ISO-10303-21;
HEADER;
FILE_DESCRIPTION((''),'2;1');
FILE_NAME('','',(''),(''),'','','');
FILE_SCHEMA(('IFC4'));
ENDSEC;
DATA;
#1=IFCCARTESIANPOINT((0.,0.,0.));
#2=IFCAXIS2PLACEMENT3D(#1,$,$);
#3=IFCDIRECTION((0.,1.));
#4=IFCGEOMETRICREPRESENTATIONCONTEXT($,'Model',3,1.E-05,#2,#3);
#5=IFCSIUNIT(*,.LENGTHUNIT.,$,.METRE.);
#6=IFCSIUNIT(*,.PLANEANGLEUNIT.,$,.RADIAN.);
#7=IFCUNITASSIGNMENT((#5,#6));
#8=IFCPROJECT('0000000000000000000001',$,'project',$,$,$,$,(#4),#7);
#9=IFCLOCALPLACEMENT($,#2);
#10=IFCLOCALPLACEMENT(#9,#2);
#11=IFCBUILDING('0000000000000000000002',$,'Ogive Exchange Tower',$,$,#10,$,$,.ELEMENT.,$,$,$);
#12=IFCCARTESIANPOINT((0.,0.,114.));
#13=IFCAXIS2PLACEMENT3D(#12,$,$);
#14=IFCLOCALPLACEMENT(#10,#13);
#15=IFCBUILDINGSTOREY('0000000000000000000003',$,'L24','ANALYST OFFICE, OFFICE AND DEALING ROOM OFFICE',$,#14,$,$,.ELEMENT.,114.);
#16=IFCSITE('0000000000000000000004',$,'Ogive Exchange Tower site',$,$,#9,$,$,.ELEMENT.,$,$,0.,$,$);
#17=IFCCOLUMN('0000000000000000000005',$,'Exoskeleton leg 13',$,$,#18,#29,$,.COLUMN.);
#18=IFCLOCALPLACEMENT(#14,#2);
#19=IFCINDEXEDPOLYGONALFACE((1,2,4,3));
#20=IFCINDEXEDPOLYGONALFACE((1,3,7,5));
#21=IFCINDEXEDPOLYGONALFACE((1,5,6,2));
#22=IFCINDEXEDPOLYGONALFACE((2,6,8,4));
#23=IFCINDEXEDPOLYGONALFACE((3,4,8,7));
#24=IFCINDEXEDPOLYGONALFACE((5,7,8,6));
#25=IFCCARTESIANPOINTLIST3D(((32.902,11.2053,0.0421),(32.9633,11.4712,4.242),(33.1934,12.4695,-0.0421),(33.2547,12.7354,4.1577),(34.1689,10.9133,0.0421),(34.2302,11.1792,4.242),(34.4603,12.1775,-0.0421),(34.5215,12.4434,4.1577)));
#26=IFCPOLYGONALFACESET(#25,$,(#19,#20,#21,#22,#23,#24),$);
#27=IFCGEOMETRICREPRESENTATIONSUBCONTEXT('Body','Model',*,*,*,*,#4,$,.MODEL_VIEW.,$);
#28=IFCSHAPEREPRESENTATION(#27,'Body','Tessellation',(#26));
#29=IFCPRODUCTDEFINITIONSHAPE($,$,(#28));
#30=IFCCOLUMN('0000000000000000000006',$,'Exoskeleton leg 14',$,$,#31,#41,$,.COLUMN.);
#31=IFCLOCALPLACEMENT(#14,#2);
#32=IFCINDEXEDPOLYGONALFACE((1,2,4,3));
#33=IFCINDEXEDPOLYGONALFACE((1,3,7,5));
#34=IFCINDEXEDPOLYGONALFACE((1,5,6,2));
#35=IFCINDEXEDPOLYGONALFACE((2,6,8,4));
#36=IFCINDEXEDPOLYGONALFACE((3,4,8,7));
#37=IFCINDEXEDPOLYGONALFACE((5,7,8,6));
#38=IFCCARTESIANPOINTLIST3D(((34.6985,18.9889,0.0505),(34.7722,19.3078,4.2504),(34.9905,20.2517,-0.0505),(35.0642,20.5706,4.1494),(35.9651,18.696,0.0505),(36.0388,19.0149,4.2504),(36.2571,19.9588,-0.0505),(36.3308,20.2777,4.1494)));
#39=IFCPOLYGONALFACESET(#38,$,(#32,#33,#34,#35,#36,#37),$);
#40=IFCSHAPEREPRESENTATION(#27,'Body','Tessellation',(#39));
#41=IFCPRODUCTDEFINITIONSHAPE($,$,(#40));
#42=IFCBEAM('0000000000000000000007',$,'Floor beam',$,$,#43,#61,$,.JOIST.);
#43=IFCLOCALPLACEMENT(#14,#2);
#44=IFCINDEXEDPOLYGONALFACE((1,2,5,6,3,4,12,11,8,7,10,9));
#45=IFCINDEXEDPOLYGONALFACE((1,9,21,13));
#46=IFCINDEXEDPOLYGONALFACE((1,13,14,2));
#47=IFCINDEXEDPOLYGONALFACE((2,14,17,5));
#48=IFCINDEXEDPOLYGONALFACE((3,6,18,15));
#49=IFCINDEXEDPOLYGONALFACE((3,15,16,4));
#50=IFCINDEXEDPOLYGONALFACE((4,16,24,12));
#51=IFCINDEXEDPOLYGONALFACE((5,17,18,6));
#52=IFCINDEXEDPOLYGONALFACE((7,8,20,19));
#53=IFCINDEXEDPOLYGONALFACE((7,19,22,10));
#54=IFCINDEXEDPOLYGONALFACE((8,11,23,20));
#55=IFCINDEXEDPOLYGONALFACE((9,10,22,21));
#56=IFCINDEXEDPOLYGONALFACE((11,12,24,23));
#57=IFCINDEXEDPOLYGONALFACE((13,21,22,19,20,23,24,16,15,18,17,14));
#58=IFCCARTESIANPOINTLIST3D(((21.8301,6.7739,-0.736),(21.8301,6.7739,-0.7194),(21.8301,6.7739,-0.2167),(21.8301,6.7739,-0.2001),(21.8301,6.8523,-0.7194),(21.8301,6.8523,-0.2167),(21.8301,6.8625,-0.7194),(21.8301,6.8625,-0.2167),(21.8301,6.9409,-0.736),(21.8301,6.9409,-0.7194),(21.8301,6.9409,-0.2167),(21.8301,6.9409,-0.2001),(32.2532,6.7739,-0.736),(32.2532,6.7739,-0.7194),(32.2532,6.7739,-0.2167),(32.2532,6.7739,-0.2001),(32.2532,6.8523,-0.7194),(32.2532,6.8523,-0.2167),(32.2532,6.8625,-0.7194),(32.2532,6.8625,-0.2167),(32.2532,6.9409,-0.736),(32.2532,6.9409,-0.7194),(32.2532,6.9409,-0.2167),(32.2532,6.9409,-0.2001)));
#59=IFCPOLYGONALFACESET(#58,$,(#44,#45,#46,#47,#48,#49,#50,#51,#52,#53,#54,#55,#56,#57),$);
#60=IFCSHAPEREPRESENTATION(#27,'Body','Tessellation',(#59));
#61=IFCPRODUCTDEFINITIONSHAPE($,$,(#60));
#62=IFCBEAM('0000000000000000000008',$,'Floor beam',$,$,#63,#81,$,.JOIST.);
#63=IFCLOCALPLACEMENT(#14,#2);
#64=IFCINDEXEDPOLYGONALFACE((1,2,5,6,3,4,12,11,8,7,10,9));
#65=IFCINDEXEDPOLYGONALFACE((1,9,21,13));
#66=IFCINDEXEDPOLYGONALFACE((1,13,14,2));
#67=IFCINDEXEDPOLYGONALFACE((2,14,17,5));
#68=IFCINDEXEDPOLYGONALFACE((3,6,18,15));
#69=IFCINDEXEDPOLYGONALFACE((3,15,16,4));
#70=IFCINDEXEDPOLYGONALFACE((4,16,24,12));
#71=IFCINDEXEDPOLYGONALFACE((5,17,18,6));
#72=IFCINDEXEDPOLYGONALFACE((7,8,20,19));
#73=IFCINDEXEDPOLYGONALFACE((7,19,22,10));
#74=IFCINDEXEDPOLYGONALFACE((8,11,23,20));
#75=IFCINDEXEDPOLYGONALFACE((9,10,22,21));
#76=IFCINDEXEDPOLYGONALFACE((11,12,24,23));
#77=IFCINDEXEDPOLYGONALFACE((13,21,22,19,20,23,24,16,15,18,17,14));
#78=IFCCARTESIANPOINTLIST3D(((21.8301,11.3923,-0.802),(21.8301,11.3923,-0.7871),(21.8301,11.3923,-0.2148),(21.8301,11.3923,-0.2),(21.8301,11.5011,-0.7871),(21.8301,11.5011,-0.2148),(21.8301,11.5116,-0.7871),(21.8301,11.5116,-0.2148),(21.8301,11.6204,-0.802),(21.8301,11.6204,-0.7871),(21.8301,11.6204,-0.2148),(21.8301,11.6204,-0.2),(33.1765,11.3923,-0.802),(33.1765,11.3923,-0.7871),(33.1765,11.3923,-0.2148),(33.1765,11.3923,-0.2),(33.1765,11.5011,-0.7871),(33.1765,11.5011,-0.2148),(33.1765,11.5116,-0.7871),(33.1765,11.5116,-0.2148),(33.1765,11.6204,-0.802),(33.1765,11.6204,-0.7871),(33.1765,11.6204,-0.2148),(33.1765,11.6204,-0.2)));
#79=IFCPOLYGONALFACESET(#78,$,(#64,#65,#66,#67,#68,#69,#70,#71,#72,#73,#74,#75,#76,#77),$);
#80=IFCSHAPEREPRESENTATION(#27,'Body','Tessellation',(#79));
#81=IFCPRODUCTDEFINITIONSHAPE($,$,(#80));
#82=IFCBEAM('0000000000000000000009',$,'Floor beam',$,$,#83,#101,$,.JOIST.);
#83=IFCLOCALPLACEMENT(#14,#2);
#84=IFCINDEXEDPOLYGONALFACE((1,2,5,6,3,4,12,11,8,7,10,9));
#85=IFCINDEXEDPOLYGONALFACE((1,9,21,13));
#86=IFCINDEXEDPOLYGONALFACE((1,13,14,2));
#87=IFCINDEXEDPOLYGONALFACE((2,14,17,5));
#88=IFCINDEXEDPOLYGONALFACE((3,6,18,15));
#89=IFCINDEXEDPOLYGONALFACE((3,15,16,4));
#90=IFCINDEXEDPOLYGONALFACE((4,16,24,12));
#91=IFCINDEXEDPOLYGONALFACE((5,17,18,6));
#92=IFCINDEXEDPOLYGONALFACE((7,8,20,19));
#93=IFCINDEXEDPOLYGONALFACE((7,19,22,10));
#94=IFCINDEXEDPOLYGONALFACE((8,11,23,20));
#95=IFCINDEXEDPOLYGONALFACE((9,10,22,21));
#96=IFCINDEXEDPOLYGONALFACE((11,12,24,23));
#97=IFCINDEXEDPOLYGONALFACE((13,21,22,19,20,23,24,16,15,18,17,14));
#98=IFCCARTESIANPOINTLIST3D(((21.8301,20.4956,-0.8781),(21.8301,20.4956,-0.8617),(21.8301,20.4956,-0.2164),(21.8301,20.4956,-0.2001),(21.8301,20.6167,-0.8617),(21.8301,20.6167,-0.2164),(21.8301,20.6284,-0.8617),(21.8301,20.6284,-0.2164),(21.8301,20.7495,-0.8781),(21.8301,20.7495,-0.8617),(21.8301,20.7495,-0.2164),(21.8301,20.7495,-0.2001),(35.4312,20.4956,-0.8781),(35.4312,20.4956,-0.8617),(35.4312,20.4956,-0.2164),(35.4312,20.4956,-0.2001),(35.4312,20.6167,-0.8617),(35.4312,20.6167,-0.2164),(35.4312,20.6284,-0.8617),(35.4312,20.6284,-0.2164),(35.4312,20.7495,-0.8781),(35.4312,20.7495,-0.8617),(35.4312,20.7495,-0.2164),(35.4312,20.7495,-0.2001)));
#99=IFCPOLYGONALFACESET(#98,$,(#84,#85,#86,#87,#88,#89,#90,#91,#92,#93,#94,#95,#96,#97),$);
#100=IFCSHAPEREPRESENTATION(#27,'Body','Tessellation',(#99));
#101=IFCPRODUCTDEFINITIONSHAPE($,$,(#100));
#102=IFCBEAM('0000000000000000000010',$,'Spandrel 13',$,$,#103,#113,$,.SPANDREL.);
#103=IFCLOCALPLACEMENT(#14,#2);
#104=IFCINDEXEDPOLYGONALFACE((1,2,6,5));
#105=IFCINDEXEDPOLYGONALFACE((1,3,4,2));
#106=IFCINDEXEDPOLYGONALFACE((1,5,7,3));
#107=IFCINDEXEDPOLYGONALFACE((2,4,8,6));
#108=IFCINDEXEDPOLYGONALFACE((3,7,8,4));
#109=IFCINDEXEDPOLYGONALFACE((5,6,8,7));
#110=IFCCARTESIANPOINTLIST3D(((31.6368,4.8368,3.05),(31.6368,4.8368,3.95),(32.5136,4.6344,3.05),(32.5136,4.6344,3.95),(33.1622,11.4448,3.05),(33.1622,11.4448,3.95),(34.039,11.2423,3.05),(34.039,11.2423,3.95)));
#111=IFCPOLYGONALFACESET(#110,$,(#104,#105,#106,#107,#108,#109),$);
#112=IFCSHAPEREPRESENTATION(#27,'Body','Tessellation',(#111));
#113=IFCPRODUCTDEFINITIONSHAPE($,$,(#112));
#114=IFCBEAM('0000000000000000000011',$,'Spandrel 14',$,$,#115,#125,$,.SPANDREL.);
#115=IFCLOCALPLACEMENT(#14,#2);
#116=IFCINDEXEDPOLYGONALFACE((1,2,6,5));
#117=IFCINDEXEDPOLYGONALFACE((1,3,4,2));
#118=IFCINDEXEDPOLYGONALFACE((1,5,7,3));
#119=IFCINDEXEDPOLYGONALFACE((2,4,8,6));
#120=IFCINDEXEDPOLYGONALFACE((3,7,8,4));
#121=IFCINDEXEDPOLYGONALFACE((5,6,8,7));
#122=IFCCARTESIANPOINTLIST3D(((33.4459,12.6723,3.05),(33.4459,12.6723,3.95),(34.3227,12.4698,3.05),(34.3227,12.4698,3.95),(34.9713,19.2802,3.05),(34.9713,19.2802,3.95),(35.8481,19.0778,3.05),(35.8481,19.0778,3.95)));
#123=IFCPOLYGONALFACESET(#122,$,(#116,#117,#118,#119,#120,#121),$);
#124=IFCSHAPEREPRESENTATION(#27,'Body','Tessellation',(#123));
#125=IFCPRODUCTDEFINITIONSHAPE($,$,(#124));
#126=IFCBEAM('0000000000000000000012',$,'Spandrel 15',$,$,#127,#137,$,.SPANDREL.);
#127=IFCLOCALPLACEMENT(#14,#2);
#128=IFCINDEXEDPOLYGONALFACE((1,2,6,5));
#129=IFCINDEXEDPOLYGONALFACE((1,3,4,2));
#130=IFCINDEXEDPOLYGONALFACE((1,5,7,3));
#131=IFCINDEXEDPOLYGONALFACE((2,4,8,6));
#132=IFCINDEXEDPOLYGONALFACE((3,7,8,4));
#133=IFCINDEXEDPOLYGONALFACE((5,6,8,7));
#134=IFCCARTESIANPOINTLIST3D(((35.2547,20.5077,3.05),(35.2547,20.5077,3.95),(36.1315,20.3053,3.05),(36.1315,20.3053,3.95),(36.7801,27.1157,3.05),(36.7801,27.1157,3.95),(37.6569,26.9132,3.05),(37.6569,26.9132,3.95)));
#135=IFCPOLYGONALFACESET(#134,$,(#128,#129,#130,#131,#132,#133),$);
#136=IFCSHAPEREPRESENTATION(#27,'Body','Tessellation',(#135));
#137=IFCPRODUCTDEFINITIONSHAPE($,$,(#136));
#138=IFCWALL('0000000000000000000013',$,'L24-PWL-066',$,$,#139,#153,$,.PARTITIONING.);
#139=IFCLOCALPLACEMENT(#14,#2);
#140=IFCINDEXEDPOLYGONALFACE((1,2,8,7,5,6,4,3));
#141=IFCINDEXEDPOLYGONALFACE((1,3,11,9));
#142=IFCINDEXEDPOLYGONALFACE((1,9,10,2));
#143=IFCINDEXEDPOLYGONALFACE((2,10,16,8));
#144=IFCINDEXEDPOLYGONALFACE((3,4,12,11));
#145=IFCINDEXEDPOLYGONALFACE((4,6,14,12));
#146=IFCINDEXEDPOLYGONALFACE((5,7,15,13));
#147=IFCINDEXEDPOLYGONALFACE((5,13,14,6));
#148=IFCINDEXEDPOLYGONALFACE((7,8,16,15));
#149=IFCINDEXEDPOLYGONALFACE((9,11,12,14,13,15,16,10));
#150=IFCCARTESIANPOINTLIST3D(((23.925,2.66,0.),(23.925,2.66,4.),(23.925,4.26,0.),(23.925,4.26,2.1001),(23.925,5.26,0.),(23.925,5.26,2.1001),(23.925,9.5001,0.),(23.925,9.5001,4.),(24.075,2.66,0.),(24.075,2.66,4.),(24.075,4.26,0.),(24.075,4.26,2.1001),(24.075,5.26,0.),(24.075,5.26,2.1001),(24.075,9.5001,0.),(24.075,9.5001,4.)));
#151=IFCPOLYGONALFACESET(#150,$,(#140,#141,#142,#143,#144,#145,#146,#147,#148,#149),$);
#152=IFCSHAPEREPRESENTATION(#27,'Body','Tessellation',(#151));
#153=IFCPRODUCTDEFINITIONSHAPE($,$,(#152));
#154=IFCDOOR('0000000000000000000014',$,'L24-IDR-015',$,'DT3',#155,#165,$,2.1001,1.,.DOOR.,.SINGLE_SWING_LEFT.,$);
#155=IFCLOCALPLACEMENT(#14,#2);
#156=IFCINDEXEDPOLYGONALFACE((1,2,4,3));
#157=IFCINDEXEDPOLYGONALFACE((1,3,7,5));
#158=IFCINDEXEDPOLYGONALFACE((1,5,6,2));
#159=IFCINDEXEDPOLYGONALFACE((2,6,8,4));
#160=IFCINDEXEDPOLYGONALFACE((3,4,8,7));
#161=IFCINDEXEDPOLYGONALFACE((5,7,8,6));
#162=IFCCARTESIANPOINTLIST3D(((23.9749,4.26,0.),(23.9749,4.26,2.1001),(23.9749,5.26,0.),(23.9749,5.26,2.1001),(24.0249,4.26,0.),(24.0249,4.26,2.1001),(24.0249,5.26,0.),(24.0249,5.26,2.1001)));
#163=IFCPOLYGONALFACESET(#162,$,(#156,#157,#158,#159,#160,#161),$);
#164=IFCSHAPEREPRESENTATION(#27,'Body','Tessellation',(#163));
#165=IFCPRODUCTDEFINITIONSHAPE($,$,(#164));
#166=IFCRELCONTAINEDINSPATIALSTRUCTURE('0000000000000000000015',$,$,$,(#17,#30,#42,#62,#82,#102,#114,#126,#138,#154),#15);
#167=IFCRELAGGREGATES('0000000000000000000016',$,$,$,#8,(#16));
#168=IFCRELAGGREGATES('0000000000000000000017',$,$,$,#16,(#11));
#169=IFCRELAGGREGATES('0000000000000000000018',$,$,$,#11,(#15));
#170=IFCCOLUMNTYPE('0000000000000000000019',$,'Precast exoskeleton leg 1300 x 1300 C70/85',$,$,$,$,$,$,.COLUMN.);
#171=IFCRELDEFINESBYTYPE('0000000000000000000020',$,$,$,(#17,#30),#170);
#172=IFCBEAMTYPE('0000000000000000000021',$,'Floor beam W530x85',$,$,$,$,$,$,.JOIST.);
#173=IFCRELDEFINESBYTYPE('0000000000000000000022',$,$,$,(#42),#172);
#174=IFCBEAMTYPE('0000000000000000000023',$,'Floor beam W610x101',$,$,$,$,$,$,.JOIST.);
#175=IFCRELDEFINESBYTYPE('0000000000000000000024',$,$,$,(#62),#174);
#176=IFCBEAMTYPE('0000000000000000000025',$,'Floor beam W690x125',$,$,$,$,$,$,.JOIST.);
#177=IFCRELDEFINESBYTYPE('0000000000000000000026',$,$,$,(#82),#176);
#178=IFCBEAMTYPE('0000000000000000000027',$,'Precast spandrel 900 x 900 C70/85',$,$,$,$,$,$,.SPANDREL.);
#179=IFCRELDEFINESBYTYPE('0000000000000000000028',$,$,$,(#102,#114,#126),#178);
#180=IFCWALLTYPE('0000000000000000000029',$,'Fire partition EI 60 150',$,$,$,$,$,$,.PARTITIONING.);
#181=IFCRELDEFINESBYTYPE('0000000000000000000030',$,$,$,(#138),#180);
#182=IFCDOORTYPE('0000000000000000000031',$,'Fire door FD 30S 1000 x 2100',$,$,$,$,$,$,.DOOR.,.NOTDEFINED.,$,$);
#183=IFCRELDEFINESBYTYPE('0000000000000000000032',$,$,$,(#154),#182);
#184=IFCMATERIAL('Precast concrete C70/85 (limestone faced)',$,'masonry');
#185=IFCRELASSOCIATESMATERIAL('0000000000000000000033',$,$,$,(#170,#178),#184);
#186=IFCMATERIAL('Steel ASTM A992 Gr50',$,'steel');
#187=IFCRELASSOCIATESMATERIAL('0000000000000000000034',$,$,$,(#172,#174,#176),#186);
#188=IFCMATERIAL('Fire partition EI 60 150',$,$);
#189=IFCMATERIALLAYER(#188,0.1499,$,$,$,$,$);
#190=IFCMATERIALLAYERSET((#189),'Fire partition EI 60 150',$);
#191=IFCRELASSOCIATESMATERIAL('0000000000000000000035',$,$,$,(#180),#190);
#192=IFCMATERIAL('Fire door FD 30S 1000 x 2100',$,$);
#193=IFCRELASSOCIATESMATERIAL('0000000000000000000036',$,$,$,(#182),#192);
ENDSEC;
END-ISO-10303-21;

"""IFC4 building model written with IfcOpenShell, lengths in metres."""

from ifc_helpers import new_model, si_unit, direction, frame, frame_2d, origin, origin_2d, place, context, subcontext, project, spatial, rectangle, i_section, extrude, material, layer, layer_set, material_profile, profile_set, type_object, element, fill, save


model = new_model("IFC4")

# Units and contexts
model_context = context("Model", 3, precision=1e-05, world=origin(), true_north=direction((0.0, 1.0)))
body_context = subcontext(model_context, "Body", "Model", "MODEL_VIEW")
ifc_project = project(units=[si_unit("LENGTHUNIT", "METRE"), si_unit("PLANEANGLEUNIT", "RADIAN")], contexts=[model_context])

# Site, building, storey
site_placement = place(None, origin())
site = spatial("IfcSite", under=ifc_project, at=site_placement, Name="Ogive Exchange Tower site", CompositionType="ELEMENT", RefElevation=0.0)
building_placement = place(site_placement, origin())
building = spatial("IfcBuilding", under=site, at=building_placement, Name="Ogive Exchange Tower", CompositionType="ELEMENT")
storey_placement = place(building_placement, frame((0.0, 0.0, 114.0)))
storey = spatial("IfcBuildingStorey", under=building, at=storey_placement, Name="L24", Description="ANALYST OFFICE, OFFICE AND DEALING ROOM OFFICE", CompositionType="ELEMENT", Elevation=114.0)

# Columns
ifc_material_1 = material(Name="Precast concrete C70/85 (limestone faced)", Category="masonry")
ifc_material_profile_1 = material_profile(ifc_material_1, rectangle(XDim=1.3, YDim=1.3, at=origin_2d()), Name="1300 x 1300")
ifc_profile_set_1 = profile_set([ifc_material_profile_1], Name="Precast concrete C70/85 (limestone faced)")
column_type = type_object("IfcColumnType", Name="Precast exoskeleton leg 1300 x 1300 C70/85", PredefinedType="COLUMN", material=ifc_profile_set_1)
column_1_placement = place(storey_placement, frame((33.6812, 11.6914, 0.0), z_axis=(0.01456, 0.06317, 0.997897), x_axis=(-0.974451, 0.224598, 0.0)))
element("IfcColumn", 1, at=column_1_placement, inside=storey, type_object=column_type, Name="Exoskeleton leg 13", PredefinedType="COLUMN", context=body_context, shape_type="SweptSolid", body=[
    extrude(rectangle(XDim=1.3, YDim=1.3, at=origin_2d()), origin(), (0.0, 0.0, 1.0), 4.2087),
])
column_2_placement = place(storey_placement, frame((35.4778, 19.4739, 0.0), z_axis=(0.017502, 0.075688, 0.996978), x_axis=(-0.974291, 0.225295, 0.0)))
element("IfcColumn", 2, at=column_2_placement, inside=storey, type_object=column_type, Name="Exoskeleton leg 14", PredefinedType="COLUMN", context=body_context, shape_type="SweptSolid", body=[
    extrude(rectangle(XDim=1.3, YDim=1.3, at=origin_2d()), origin(), (0.0, 0.0, 1.0), 4.2126),
])

# Beams
ifc_material_2 = material(Name="Steel ASTM A992 Gr50", Category="steel")
ifc_material_profile_2 = material_profile(ifc_material_2, i_section(OverallWidth=0.167, OverallDepth=0.5359, WebThickness=0.0103, FlangeThickness=0.0166, at=origin_2d()), Name="W530x85")
ifc_profile_set_2 = profile_set([ifc_material_profile_2], Name="Steel ASTM A992 Gr50")
beam_type_1 = type_object("IfcBeamType", Name="Floor beam W530x85", PredefinedType="JOIST", material=ifc_profile_set_2)
beam_1_placement = place(storey_placement, frame((21.8301, 6.8574, -0.468), z_axis=(1.0, 0.0, 0.0), x_axis=(0.0, 1.0, 0.0)))
element("IfcBeam", 3, at=beam_1_placement, inside=storey, type_object=beam_type_1, Name="Floor beam", PredefinedType="JOIST", context=body_context, shape_type="SweptSolid", body=[
    extrude(i_section(OverallWidth=0.167, OverallDepth=0.5359, WebThickness=0.0103, FlangeThickness=0.0166, at=origin_2d()), origin(), (0.0, 0.0, 1.0), 10.4231),
])
ifc_material_profile_3 = material_profile(ifc_material_2, i_section(OverallWidth=0.228, OverallDepth=0.6021, WebThickness=0.0105, FlangeThickness=0.0149, at=origin_2d()), Name="W610x101")
ifc_profile_set_3 = profile_set([ifc_material_profile_3], Name="Steel ASTM A992 Gr50")
beam_type_2 = type_object("IfcBeamType", Name="Floor beam W610x101", PredefinedType="JOIST", material=ifc_profile_set_3)
beam_2_placement = place(storey_placement, frame((21.8301, 11.5063, -0.501), z_axis=(1.0, 0.0, 0.0), x_axis=(0.0, 1.0, 0.0)))
element("IfcBeam", 4, at=beam_2_placement, inside=storey, type_object=beam_type_2, Name="Floor beam", PredefinedType="JOIST", context=body_context, shape_type="SweptSolid", body=[
    extrude(i_section(OverallWidth=0.228, OverallDepth=0.6021, WebThickness=0.0105, FlangeThickness=0.0149, at=origin_2d()), origin(), (0.0, 0.0, 1.0), 11.3464),
])
ifc_material_profile_4 = material_profile(ifc_material_2, i_section(OverallWidth=0.2539, OverallDepth=0.678, WebThickness=0.0117, FlangeThickness=0.0164, at=origin_2d()), Name="W690x125")
ifc_profile_set_4 = profile_set([ifc_material_profile_4], Name="Steel ASTM A992 Gr50")
beam_type_3 = type_object("IfcBeamType", Name="Floor beam W690x125", PredefinedType="JOIST", material=ifc_profile_set_4)
beam_3_placement = place(storey_placement, frame((21.8301, 20.6226, -0.5391), z_axis=(1.0, 0.0, 0.0), x_axis=(0.0, 1.0, 0.0)))
element("IfcBeam", 5, at=beam_3_placement, inside=storey, type_object=beam_type_3, Name="Floor beam", PredefinedType="JOIST", context=body_context, shape_type="SweptSolid", body=[
    extrude(i_section(OverallWidth=0.2539, OverallDepth=0.678, WebThickness=0.0117, FlangeThickness=0.0164, at=origin_2d()), origin(), (0.0, 0.0, 1.0), 13.6011),
])
ifc_material_profile_5 = material_profile(ifc_material_1, rectangle(XDim=0.8999, YDim=0.8999, at=origin_2d()), Name="900 x 900")
ifc_profile_set_5 = profile_set([ifc_material_profile_5], Name="Precast concrete C70/85 (limestone faced)")
beam_type_4 = type_object("IfcBeamType", Name="Precast spandrel 900 x 900 C70/85", PredefinedType="SPANDREL", material=ifc_profile_set_5)
for number, where, z_axis, x_axis, name in (
    (6, (32.0752, 4.7356, 3.5), (0.224928, 0.974375, 0.0), (-0.974375, 0.224928, 0.0), "Spandrel 13"),
    (7, (33.8843, 12.571, 3.5), (0.224928, 0.974375, 0.0), (-0.974375, 0.224928, 0.0), "Spandrel 14"),
    (8, (35.6931, 20.4065, 3.5), (0.224928, 0.974375, 0.0), (-0.974375, 0.224928, 0.0), "Spandrel 15"),
):
    element("IfcBeam", number, at=place(storey_placement, frame(where, z_axis=z_axis, x_axis=x_axis)), inside=storey, type_object=beam_type_4, Name=name, PredefinedType="SPANDREL", context=body_context, shape_type="SweptSolid", body=[
        extrude(rectangle(XDim=0.8999, YDim=0.8999, at=origin_2d()), origin(), (0.0, 0.0, 1.0), 6.7817),
    ])

# Wall, opening, door
ifc_material_3 = material(Name="Fire partition EI 60 150")
ifc_layer_1 = layer(ifc_material_3, 0.1499)
ifc_layer_set_1 = layer_set([ifc_layer_1], Name="Fire partition EI 60 150")
wall_type_1 = type_object("IfcWallType", Name="Fire partition EI 60 150", PredefinedType="PARTITIONING", material=ifc_layer_set_1)
wall_1_placement = place(storey_placement, frame((24.0, 9.5, 0.0), z_axis=(0.0, 0.0, 1.0), x_axis=(0.0, -1.0, 0.0)))
wall_1 = element("IfcWall", 9, at=wall_1_placement, inside=storey, type_object=wall_type_1, Name="L24-PWL-066", PredefinedType="PARTITIONING", context=body_context, shape_type="SweptSolid", body=[
    extrude(rectangle(XDim=6.8401, YDim=0.1499, at=frame_2d((3.4199, 0.0))), origin(), (0.0, 0.0, 1.0), 4.0),
])
opening_1_placement = place(wall_1_placement, frame((4.24, 0.0, 0.0)))
opening_1 = element("IfcOpeningElement", 10, at=opening_1_placement, cuts=wall_1, PredefinedType="OPENING", context=body_context, shape_type="SweptSolid", body=[
    extrude(rectangle(XDim=1.0, YDim=2.1001, at=frame_2d((0.5, 1.05))), frame((0.0, 0.085, 0.0), z_axis=(0.0, -1.0, 0.0), x_axis=(1.0, 0.0, 0.0)), (0.0, 0.0, 1.0), 0.1699),
])
ifc_material_4 = material(Name="Fire door FD 30S 1000 x 2100")
door_type = type_object("IfcDoorType", Name="Fire door FD 30S 1000 x 2100", OperationType="NOTDEFINED", PredefinedType="DOOR", material=ifc_material_4)
door_1_placement = place(opening_1_placement, origin())
door_1 = element("IfcDoor", 11, at=door_1_placement, inside=storey, type_object=door_type, Name="L24-IDR-015", ObjectType="DT3", OperationType="SINGLE_SWING_LEFT", OverallHeight=2.1001, OverallWidth=1.0, PredefinedType="DOOR", context=body_context, shape_type="SweptSolid", body=[
    extrude(rectangle(XDim=1.0, YDim=2.1001, at=frame_2d((0.5, 1.05))), frame((0.0, 0.0249, 0.0), z_axis=(0.0, -1.0, 0.0), x_axis=(1.0, 0.0, 0.0)), (0.0, 0.0, 1.0), 0.05),
])
fill(opening_1, door_1)

save(model, "model.ifc")
